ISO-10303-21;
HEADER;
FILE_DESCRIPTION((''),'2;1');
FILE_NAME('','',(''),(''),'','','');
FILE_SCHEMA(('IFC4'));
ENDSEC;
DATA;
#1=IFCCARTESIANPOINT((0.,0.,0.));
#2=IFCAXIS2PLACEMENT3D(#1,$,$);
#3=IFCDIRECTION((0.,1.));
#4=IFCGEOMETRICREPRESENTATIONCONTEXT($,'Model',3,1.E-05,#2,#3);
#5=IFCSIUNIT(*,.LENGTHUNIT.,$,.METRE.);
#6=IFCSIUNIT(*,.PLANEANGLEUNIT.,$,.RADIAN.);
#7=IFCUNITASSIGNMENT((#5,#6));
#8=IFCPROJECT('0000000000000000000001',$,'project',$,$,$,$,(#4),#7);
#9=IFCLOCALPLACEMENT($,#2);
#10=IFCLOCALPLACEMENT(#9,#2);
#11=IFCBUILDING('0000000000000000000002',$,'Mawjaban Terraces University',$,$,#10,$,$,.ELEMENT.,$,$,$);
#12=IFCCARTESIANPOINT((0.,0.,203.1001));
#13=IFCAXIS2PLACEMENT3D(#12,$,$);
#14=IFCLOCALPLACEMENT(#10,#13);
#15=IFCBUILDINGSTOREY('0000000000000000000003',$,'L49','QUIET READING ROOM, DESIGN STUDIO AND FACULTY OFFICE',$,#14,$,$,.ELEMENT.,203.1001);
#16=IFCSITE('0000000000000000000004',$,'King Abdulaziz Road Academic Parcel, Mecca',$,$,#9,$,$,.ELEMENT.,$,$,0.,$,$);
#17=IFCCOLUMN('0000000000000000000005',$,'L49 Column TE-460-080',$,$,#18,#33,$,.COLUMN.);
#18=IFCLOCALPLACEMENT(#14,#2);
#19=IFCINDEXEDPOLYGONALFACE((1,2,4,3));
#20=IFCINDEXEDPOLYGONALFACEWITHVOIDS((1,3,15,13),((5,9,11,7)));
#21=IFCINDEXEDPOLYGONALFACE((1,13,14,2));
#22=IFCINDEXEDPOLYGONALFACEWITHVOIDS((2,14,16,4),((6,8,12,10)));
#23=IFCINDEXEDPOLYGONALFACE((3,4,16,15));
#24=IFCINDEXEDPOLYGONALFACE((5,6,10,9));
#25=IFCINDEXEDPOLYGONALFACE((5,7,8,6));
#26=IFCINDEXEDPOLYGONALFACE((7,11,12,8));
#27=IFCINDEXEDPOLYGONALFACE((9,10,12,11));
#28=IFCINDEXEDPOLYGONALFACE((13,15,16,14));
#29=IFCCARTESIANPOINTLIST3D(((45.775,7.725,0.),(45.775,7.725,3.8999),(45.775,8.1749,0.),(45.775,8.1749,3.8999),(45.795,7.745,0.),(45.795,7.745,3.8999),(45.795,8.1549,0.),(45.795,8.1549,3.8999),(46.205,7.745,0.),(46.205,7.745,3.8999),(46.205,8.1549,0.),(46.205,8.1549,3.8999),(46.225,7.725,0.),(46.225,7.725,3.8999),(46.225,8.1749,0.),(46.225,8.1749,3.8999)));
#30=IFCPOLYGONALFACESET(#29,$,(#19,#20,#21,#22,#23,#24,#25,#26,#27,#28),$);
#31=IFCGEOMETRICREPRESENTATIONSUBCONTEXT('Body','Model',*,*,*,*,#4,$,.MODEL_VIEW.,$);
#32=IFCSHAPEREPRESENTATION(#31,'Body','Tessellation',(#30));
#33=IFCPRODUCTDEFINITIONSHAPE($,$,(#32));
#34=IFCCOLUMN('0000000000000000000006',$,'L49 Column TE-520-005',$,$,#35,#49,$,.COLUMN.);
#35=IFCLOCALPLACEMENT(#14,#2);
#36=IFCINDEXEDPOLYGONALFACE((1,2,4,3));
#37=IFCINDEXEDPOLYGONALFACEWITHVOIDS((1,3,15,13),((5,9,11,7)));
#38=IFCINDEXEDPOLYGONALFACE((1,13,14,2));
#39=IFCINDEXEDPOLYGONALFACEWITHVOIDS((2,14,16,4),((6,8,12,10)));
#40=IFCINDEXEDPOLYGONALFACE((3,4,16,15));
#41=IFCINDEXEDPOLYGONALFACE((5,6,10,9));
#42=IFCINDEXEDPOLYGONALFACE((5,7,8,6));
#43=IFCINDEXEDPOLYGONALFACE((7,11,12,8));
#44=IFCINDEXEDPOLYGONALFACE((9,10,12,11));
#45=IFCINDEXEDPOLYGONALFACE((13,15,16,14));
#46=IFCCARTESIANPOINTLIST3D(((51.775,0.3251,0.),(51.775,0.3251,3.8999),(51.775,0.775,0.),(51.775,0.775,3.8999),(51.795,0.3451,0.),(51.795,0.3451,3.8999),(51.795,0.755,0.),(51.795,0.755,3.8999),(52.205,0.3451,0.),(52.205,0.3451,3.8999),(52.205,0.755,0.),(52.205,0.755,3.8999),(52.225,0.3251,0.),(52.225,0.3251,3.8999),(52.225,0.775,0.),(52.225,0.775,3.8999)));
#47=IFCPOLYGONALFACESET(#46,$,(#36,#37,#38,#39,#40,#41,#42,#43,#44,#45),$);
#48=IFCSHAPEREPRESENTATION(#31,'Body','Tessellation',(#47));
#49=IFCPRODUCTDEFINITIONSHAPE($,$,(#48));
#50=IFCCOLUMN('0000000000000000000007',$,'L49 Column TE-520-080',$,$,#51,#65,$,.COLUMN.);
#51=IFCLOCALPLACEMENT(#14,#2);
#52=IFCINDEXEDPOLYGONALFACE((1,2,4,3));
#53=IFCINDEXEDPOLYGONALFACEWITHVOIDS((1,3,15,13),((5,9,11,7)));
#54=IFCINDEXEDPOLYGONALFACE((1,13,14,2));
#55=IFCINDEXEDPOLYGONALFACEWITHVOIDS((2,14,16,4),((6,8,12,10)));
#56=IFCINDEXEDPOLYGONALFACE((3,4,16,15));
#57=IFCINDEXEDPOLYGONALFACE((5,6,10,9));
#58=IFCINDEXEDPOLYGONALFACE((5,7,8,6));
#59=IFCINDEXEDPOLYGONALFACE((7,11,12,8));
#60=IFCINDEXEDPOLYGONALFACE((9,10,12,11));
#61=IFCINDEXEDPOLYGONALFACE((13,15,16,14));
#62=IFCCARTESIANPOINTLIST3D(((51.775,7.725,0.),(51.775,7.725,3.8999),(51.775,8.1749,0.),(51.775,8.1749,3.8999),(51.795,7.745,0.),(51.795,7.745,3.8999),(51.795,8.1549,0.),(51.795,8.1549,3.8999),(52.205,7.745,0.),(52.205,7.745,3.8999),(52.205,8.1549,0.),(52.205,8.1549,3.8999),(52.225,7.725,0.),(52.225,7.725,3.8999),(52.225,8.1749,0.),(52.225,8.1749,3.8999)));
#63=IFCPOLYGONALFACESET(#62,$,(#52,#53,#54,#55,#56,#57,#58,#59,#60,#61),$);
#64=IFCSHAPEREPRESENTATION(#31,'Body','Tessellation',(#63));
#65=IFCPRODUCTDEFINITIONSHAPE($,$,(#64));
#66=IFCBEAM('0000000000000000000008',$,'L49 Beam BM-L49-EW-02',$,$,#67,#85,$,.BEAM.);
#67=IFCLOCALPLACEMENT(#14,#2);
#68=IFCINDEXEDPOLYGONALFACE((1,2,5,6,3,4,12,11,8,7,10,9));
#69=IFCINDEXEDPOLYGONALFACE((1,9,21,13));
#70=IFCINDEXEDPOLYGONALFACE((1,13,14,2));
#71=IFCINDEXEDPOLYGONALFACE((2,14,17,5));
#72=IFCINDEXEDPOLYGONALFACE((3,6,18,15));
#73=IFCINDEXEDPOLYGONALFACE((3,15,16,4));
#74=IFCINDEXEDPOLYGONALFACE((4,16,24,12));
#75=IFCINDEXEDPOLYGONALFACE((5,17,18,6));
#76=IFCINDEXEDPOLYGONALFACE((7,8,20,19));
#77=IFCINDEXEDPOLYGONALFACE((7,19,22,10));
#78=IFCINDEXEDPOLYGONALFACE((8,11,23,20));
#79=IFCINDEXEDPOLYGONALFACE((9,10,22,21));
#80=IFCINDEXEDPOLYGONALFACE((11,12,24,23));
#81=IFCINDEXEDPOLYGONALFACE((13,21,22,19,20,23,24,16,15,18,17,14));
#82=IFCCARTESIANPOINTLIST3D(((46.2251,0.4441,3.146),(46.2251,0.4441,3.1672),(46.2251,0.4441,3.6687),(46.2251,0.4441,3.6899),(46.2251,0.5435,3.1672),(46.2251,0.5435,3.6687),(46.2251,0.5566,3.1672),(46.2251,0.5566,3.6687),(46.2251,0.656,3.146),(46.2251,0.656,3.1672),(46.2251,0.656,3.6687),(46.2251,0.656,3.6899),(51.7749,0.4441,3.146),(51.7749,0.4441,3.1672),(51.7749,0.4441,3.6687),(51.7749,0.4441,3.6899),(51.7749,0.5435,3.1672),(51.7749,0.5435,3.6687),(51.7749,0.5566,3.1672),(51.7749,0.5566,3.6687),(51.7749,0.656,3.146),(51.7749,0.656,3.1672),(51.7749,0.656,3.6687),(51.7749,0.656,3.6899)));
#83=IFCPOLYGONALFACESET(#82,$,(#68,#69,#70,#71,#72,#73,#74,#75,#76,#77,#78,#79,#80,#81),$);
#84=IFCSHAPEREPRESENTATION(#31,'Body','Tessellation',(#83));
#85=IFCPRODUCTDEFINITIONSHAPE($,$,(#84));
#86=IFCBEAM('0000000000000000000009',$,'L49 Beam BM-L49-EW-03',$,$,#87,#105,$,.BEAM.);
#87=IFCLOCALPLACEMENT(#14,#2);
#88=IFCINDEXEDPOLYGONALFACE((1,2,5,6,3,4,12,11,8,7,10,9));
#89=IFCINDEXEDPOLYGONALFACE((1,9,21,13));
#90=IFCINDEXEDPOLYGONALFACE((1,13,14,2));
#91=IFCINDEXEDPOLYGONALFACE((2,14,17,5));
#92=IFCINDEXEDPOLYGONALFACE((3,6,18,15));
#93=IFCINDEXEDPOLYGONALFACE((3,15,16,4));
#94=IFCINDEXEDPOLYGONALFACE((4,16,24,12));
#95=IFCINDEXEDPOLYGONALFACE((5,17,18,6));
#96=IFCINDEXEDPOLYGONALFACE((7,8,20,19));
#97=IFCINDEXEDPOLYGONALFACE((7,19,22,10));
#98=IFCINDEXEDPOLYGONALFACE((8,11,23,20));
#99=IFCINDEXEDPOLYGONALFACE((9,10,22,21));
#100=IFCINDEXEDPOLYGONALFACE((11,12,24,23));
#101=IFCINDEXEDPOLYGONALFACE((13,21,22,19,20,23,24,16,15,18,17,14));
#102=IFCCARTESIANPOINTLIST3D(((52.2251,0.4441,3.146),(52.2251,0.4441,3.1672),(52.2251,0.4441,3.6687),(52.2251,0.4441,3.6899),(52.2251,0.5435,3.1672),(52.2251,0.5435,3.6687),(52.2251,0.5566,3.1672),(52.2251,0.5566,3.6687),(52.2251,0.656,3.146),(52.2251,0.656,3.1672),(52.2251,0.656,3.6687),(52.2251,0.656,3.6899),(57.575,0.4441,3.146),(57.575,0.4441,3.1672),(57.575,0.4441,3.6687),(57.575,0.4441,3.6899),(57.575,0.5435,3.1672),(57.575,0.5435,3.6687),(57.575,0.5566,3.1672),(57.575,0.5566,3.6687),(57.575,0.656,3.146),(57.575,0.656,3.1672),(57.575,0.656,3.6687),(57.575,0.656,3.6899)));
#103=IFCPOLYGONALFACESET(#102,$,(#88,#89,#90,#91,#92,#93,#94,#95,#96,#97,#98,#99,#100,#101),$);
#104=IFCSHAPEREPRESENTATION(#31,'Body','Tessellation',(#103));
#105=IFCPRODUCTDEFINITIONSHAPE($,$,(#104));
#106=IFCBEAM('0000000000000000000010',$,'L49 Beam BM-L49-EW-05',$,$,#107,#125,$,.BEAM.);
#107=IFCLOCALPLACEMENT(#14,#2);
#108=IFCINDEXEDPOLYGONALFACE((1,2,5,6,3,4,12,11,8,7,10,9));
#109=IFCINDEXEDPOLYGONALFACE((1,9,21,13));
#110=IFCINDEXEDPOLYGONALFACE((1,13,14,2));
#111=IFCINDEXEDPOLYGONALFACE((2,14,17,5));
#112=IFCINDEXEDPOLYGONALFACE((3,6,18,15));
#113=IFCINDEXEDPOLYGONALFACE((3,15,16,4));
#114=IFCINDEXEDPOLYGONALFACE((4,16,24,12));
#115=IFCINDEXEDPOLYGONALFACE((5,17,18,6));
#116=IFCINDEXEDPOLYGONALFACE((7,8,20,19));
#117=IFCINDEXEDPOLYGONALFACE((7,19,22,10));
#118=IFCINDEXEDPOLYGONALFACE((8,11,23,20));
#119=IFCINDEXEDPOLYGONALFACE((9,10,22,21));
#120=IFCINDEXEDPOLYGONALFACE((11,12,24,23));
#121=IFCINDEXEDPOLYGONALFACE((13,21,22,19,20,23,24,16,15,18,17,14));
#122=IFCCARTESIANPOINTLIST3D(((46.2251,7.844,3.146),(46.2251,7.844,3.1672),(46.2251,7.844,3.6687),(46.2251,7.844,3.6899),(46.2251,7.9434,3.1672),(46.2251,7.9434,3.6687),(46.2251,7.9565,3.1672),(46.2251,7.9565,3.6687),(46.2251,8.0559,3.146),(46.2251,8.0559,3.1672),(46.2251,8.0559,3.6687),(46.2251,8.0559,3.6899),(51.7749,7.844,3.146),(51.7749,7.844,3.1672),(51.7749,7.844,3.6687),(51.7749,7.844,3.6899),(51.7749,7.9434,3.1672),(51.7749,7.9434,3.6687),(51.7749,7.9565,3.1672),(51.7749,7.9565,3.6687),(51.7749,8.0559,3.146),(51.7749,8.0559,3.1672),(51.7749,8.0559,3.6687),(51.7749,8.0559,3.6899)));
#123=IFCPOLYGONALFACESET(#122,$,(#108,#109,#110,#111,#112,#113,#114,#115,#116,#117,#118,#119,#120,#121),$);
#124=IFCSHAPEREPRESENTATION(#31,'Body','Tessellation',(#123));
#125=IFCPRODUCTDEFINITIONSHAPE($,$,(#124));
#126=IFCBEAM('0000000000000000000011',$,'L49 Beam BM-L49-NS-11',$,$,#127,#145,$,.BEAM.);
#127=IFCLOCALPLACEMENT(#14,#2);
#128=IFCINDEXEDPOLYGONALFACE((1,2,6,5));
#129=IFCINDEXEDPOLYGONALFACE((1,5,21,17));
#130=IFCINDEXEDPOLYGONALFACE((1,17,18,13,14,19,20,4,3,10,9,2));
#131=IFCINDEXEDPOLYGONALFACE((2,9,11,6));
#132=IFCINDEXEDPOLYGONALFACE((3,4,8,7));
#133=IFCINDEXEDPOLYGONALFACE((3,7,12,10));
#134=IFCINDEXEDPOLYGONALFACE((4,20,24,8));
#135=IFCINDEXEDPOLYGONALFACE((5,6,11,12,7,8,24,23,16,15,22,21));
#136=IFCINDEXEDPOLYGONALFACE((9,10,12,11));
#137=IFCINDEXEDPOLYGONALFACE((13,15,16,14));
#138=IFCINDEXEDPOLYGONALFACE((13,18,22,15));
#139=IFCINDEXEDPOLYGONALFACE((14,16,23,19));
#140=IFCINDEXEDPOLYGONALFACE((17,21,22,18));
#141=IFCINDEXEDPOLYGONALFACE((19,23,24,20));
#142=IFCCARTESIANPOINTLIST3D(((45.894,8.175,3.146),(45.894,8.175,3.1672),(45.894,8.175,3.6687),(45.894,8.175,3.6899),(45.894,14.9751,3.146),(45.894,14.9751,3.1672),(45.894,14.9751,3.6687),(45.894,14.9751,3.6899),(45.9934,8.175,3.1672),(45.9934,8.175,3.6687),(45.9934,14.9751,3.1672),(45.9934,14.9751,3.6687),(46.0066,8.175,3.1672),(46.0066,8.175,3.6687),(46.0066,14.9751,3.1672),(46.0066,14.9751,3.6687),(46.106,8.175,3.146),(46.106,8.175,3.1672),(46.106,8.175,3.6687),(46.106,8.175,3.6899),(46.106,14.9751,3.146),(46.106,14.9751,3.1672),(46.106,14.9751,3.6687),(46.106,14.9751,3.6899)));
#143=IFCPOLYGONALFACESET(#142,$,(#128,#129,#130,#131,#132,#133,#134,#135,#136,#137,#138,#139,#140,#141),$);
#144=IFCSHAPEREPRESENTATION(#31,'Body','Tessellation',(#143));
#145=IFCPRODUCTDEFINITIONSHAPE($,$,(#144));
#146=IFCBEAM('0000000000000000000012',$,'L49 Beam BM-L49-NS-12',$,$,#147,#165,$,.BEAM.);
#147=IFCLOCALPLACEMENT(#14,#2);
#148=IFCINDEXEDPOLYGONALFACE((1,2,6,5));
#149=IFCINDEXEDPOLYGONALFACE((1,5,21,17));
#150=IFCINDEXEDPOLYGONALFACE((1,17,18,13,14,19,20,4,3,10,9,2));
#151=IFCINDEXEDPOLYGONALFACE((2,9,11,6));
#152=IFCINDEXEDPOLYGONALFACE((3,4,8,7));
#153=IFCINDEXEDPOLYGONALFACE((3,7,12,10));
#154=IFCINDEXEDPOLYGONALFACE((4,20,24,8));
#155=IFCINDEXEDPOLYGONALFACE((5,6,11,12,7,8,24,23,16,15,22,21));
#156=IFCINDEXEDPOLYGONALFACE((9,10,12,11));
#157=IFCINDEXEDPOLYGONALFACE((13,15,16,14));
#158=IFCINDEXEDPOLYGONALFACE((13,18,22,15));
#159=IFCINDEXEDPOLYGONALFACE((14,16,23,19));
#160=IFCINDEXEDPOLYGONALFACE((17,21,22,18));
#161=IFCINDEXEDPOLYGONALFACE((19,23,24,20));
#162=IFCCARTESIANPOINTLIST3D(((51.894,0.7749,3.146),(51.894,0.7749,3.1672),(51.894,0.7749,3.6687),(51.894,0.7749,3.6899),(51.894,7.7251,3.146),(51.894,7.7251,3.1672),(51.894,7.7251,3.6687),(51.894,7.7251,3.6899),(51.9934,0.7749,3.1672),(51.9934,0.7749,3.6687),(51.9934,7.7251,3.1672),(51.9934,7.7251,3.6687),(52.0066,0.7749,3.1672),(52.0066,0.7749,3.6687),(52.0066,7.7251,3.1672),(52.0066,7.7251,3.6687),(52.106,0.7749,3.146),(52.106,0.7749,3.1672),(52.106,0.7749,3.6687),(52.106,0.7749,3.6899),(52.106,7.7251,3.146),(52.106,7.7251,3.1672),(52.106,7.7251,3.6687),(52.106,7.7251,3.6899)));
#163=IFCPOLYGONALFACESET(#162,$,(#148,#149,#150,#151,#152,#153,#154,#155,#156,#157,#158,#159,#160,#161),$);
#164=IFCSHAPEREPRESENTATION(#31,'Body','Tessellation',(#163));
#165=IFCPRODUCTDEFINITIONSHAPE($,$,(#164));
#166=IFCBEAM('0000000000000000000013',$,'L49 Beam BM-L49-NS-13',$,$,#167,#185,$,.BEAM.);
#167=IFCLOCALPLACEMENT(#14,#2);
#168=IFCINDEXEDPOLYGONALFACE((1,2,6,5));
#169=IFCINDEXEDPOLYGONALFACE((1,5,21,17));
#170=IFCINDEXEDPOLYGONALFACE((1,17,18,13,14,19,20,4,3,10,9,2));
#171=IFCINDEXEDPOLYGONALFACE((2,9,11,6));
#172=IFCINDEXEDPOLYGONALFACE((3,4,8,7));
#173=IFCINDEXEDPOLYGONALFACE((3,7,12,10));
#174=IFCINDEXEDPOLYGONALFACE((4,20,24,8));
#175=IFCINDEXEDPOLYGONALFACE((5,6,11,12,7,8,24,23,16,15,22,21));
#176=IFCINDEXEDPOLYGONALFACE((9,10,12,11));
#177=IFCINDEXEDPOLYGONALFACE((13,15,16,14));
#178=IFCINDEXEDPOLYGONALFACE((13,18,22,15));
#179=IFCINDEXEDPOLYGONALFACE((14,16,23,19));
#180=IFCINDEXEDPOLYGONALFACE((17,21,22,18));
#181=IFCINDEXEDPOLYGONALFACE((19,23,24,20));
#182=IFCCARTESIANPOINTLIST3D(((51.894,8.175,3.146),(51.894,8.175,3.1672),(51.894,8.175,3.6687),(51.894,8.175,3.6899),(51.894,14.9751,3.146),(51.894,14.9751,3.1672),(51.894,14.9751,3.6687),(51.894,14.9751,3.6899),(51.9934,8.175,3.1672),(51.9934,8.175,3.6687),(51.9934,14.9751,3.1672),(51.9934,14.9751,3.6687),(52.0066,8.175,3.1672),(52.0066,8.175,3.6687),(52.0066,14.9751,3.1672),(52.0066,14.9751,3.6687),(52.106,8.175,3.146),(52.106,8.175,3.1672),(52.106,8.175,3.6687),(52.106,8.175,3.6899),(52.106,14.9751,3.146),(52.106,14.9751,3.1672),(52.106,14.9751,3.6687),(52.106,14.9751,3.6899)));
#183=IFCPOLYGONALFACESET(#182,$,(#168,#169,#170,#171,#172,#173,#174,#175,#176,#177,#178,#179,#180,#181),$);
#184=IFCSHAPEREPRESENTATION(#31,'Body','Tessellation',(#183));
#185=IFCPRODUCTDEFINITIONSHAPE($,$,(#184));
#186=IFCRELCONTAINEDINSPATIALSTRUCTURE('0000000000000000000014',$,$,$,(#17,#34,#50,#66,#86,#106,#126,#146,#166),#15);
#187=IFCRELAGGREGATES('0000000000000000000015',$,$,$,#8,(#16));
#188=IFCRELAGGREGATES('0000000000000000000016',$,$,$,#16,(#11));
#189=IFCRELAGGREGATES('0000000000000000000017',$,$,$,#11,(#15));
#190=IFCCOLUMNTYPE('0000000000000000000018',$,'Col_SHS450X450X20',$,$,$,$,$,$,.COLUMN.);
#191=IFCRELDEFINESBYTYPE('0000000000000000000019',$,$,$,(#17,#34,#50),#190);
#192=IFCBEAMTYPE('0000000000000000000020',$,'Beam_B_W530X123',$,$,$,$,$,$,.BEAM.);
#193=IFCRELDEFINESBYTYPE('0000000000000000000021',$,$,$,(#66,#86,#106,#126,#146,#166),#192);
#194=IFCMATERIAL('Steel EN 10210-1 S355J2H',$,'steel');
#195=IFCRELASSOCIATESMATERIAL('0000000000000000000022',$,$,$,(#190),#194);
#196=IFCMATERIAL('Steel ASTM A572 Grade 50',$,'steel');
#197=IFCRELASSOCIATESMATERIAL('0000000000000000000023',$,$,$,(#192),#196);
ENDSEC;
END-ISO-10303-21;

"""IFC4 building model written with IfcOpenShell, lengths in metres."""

from ifc_helpers import new_model, si_unit, direction, frame, origin, origin_2d, place, context, subcontext, project, spatial, hollow_rectangle, i_section, extrude, material, material_profile, profile_set, type_object, element, save


model = new_model("IFC4")

# Units and contexts
model_context = context("Model", 3, precision=1e-05, world=origin(), true_north=direction((0.0, 1.0)))
body_context = subcontext(model_context, "Body", "Model", "MODEL_VIEW")
ifc_project = project(units=[si_unit("LENGTHUNIT", "METRE"), si_unit("PLANEANGLEUNIT", "RADIAN")], contexts=[model_context])

# Site, building, storey
site_placement = place(None, origin())
site = spatial("IfcSite", under=ifc_project, at=site_placement, Name="King Abdulaziz Road Academic Parcel, Mecca", CompositionType="ELEMENT", RefElevation=0.0)
building_placement = place(site_placement, origin())
building = spatial("IfcBuilding", under=site, at=building_placement, Name="Mawjaban Terraces University", CompositionType="ELEMENT")
storey_placement = place(building_placement, frame((0.0, 0.0, 203.1001)))
storey = spatial("IfcBuildingStorey", under=building, at=storey_placement, Name="L49", Description="QUIET READING ROOM, DESIGN STUDIO AND FACULTY OFFICE", CompositionType="ELEMENT", Elevation=203.1001)

# Columns
ifc_material_1 = material(Name="Steel EN 10210-1 S355J2H", Category="steel")
ifc_material_profile_1 = material_profile(ifc_material_1, hollow_rectangle(XDim=0.45, YDim=0.45, WallThickness=0.02, at=origin_2d()), Name="SHS450X450X20")
ifc_profile_set_1 = profile_set([ifc_material_profile_1], Name="Steel EN 10210-1 S355J2H")
column_type = type_object("IfcColumnType", Name="Col_SHS450X450X20", PredefinedType="COLUMN", material=ifc_profile_set_1)
for number, where, z_axis, x_axis, name in (
    (1, (46.0, 7.95, 0.0), (0.0, 0.0, 1.0), (1.0, 0.0, 0.0), "L49 Column TE-460-080"),
    (2, (52.0, 0.55, 0.0), (0.0, 0.0, 1.0), (1.0, 0.0, 0.0), "L49 Column TE-520-005"),
    (3, (52.0, 7.95, 0.0), (0.0, 0.0, 1.0), (1.0, 0.0, 0.0), "L49 Column TE-520-080"),
):
    element("IfcColumn", number, at=place(storey_placement, frame(where, z_axis=z_axis, x_axis=x_axis)), inside=storey, type_object=column_type, Name=name, PredefinedType="COLUMN", context=body_context, shape_type="SweptSolid", body=[
        extrude(hollow_rectangle(XDim=0.45, YDim=0.45, WallThickness=0.02, at=origin_2d()), origin(), (0.0, 0.0, 1.0), 3.8999),
    ])

# Beams
ifc_material_2 = material(Name="Steel ASTM A572 Grade 50", Category="steel")
ifc_material_profile_2 = material_profile(ifc_material_2, i_section(OverallWidth=0.2119, OverallDepth=0.5439, WebThickness=0.0132, FlangeThickness=0.0212, at=origin_2d()), Name="W530X123")
ifc_profile_set_2 = profile_set([ifc_material_profile_2], Name="Steel ASTM A572 Grade 50")
beam_type_1 = type_object("IfcBeamType", Name="Beam_B_W530X123", PredefinedType="BEAM", material=ifc_profile_set_2)
beam_1_placement = place(storey_placement, frame((46.2251, 0.55, 3.418), z_axis=(1.0, 0.0, 0.0), x_axis=(0.0, 1.0, 0.0)))
element("IfcBeam", 4, at=beam_1_placement, inside=storey, type_object=beam_type_1, Name="L49 Beam BM-L49-EW-02", PredefinedType="BEAM", context=body_context, shape_type="SweptSolid", body=[
    extrude(i_section(OverallWidth=0.2119, OverallDepth=0.5439, WebThickness=0.0132, FlangeThickness=0.0212, at=origin_2d()), origin(), (0.0, 0.0, 1.0), 5.5498),
])
beam_2_placement = place(storey_placement, frame((52.2251, 0.55, 3.418), z_axis=(1.0, 0.0, 0.0), x_axis=(0.0, 1.0, 0.0)))
element("IfcBeam", 5, at=beam_2_placement, inside=storey, type_object=beam_type_1, Name="L49 Beam BM-L49-EW-03", PredefinedType="BEAM", context=body_context, shape_type="SweptSolid", body=[
    extrude(i_section(OverallWidth=0.2119, OverallDepth=0.5439, WebThickness=0.0132, FlangeThickness=0.0212, at=origin_2d()), origin(), (0.0, 0.0, 1.0), 5.3499),
])
beam_3_placement = place(storey_placement, frame((46.2251, 7.95, 3.418), z_axis=(1.0, 0.0, 0.0), x_axis=(0.0, 1.0, 0.0)))
element("IfcBeam", 6, at=beam_3_placement, inside=storey, type_object=beam_type_1, Name="L49 Beam BM-L49-EW-05", PredefinedType="BEAM", context=body_context, shape_type="SweptSolid", body=[
    extrude(i_section(OverallWidth=0.2119, OverallDepth=0.5439, WebThickness=0.0132, FlangeThickness=0.0212, at=origin_2d()), origin(), (0.0, 0.0, 1.0), 5.5498),
])
beam_4_placement = place(storey_placement, frame((46.0, 8.175, 3.418), z_axis=(0.0, 1.0, 0.0), x_axis=(-1.0, 0.0, 0.0)))
element("IfcBeam", 7, at=beam_4_placement, inside=storey, type_object=beam_type_1, Name="L49 Beam BM-L49-NS-11", PredefinedType="BEAM", context=body_context, shape_type="SweptSolid", body=[
    extrude(i_section(OverallWidth=0.2119, OverallDepth=0.5439, WebThickness=0.0132, FlangeThickness=0.0212, at=origin_2d()), origin(), (0.0, 0.0, 1.0), 6.8),
])
beam_5_placement = place(storey_placement, frame((52.0, 0.7749, 3.418), z_axis=(0.0, 1.0, 0.0), x_axis=(-1.0, 0.0, 0.0)))
element("IfcBeam", 8, at=beam_5_placement, inside=storey, type_object=beam_type_1, Name="L49 Beam BM-L49-NS-12", PredefinedType="BEAM", context=body_context, shape_type="SweptSolid", body=[
    extrude(i_section(OverallWidth=0.2119, OverallDepth=0.5439, WebThickness=0.0132, FlangeThickness=0.0212, at=origin_2d()), origin(), (0.0, 0.0, 1.0), 6.9502),
])
beam_6_placement = place(storey_placement, frame((52.0, 8.175, 3.418), z_axis=(0.0, 1.0, 0.0), x_axis=(-1.0, 0.0, 0.0)))
element("IfcBeam", 9, at=beam_6_placement, inside=storey, type_object=beam_type_1, Name="L49 Beam BM-L49-NS-13", PredefinedType="BEAM", context=body_context, shape_type="SweptSolid", body=[
    extrude(i_section(OverallWidth=0.2119, OverallDepth=0.5439, WebThickness=0.0132, FlangeThickness=0.0212, at=origin_2d()), origin(), (0.0, 0.0, 1.0), 6.8),
])

save(model, "model.ifc")
